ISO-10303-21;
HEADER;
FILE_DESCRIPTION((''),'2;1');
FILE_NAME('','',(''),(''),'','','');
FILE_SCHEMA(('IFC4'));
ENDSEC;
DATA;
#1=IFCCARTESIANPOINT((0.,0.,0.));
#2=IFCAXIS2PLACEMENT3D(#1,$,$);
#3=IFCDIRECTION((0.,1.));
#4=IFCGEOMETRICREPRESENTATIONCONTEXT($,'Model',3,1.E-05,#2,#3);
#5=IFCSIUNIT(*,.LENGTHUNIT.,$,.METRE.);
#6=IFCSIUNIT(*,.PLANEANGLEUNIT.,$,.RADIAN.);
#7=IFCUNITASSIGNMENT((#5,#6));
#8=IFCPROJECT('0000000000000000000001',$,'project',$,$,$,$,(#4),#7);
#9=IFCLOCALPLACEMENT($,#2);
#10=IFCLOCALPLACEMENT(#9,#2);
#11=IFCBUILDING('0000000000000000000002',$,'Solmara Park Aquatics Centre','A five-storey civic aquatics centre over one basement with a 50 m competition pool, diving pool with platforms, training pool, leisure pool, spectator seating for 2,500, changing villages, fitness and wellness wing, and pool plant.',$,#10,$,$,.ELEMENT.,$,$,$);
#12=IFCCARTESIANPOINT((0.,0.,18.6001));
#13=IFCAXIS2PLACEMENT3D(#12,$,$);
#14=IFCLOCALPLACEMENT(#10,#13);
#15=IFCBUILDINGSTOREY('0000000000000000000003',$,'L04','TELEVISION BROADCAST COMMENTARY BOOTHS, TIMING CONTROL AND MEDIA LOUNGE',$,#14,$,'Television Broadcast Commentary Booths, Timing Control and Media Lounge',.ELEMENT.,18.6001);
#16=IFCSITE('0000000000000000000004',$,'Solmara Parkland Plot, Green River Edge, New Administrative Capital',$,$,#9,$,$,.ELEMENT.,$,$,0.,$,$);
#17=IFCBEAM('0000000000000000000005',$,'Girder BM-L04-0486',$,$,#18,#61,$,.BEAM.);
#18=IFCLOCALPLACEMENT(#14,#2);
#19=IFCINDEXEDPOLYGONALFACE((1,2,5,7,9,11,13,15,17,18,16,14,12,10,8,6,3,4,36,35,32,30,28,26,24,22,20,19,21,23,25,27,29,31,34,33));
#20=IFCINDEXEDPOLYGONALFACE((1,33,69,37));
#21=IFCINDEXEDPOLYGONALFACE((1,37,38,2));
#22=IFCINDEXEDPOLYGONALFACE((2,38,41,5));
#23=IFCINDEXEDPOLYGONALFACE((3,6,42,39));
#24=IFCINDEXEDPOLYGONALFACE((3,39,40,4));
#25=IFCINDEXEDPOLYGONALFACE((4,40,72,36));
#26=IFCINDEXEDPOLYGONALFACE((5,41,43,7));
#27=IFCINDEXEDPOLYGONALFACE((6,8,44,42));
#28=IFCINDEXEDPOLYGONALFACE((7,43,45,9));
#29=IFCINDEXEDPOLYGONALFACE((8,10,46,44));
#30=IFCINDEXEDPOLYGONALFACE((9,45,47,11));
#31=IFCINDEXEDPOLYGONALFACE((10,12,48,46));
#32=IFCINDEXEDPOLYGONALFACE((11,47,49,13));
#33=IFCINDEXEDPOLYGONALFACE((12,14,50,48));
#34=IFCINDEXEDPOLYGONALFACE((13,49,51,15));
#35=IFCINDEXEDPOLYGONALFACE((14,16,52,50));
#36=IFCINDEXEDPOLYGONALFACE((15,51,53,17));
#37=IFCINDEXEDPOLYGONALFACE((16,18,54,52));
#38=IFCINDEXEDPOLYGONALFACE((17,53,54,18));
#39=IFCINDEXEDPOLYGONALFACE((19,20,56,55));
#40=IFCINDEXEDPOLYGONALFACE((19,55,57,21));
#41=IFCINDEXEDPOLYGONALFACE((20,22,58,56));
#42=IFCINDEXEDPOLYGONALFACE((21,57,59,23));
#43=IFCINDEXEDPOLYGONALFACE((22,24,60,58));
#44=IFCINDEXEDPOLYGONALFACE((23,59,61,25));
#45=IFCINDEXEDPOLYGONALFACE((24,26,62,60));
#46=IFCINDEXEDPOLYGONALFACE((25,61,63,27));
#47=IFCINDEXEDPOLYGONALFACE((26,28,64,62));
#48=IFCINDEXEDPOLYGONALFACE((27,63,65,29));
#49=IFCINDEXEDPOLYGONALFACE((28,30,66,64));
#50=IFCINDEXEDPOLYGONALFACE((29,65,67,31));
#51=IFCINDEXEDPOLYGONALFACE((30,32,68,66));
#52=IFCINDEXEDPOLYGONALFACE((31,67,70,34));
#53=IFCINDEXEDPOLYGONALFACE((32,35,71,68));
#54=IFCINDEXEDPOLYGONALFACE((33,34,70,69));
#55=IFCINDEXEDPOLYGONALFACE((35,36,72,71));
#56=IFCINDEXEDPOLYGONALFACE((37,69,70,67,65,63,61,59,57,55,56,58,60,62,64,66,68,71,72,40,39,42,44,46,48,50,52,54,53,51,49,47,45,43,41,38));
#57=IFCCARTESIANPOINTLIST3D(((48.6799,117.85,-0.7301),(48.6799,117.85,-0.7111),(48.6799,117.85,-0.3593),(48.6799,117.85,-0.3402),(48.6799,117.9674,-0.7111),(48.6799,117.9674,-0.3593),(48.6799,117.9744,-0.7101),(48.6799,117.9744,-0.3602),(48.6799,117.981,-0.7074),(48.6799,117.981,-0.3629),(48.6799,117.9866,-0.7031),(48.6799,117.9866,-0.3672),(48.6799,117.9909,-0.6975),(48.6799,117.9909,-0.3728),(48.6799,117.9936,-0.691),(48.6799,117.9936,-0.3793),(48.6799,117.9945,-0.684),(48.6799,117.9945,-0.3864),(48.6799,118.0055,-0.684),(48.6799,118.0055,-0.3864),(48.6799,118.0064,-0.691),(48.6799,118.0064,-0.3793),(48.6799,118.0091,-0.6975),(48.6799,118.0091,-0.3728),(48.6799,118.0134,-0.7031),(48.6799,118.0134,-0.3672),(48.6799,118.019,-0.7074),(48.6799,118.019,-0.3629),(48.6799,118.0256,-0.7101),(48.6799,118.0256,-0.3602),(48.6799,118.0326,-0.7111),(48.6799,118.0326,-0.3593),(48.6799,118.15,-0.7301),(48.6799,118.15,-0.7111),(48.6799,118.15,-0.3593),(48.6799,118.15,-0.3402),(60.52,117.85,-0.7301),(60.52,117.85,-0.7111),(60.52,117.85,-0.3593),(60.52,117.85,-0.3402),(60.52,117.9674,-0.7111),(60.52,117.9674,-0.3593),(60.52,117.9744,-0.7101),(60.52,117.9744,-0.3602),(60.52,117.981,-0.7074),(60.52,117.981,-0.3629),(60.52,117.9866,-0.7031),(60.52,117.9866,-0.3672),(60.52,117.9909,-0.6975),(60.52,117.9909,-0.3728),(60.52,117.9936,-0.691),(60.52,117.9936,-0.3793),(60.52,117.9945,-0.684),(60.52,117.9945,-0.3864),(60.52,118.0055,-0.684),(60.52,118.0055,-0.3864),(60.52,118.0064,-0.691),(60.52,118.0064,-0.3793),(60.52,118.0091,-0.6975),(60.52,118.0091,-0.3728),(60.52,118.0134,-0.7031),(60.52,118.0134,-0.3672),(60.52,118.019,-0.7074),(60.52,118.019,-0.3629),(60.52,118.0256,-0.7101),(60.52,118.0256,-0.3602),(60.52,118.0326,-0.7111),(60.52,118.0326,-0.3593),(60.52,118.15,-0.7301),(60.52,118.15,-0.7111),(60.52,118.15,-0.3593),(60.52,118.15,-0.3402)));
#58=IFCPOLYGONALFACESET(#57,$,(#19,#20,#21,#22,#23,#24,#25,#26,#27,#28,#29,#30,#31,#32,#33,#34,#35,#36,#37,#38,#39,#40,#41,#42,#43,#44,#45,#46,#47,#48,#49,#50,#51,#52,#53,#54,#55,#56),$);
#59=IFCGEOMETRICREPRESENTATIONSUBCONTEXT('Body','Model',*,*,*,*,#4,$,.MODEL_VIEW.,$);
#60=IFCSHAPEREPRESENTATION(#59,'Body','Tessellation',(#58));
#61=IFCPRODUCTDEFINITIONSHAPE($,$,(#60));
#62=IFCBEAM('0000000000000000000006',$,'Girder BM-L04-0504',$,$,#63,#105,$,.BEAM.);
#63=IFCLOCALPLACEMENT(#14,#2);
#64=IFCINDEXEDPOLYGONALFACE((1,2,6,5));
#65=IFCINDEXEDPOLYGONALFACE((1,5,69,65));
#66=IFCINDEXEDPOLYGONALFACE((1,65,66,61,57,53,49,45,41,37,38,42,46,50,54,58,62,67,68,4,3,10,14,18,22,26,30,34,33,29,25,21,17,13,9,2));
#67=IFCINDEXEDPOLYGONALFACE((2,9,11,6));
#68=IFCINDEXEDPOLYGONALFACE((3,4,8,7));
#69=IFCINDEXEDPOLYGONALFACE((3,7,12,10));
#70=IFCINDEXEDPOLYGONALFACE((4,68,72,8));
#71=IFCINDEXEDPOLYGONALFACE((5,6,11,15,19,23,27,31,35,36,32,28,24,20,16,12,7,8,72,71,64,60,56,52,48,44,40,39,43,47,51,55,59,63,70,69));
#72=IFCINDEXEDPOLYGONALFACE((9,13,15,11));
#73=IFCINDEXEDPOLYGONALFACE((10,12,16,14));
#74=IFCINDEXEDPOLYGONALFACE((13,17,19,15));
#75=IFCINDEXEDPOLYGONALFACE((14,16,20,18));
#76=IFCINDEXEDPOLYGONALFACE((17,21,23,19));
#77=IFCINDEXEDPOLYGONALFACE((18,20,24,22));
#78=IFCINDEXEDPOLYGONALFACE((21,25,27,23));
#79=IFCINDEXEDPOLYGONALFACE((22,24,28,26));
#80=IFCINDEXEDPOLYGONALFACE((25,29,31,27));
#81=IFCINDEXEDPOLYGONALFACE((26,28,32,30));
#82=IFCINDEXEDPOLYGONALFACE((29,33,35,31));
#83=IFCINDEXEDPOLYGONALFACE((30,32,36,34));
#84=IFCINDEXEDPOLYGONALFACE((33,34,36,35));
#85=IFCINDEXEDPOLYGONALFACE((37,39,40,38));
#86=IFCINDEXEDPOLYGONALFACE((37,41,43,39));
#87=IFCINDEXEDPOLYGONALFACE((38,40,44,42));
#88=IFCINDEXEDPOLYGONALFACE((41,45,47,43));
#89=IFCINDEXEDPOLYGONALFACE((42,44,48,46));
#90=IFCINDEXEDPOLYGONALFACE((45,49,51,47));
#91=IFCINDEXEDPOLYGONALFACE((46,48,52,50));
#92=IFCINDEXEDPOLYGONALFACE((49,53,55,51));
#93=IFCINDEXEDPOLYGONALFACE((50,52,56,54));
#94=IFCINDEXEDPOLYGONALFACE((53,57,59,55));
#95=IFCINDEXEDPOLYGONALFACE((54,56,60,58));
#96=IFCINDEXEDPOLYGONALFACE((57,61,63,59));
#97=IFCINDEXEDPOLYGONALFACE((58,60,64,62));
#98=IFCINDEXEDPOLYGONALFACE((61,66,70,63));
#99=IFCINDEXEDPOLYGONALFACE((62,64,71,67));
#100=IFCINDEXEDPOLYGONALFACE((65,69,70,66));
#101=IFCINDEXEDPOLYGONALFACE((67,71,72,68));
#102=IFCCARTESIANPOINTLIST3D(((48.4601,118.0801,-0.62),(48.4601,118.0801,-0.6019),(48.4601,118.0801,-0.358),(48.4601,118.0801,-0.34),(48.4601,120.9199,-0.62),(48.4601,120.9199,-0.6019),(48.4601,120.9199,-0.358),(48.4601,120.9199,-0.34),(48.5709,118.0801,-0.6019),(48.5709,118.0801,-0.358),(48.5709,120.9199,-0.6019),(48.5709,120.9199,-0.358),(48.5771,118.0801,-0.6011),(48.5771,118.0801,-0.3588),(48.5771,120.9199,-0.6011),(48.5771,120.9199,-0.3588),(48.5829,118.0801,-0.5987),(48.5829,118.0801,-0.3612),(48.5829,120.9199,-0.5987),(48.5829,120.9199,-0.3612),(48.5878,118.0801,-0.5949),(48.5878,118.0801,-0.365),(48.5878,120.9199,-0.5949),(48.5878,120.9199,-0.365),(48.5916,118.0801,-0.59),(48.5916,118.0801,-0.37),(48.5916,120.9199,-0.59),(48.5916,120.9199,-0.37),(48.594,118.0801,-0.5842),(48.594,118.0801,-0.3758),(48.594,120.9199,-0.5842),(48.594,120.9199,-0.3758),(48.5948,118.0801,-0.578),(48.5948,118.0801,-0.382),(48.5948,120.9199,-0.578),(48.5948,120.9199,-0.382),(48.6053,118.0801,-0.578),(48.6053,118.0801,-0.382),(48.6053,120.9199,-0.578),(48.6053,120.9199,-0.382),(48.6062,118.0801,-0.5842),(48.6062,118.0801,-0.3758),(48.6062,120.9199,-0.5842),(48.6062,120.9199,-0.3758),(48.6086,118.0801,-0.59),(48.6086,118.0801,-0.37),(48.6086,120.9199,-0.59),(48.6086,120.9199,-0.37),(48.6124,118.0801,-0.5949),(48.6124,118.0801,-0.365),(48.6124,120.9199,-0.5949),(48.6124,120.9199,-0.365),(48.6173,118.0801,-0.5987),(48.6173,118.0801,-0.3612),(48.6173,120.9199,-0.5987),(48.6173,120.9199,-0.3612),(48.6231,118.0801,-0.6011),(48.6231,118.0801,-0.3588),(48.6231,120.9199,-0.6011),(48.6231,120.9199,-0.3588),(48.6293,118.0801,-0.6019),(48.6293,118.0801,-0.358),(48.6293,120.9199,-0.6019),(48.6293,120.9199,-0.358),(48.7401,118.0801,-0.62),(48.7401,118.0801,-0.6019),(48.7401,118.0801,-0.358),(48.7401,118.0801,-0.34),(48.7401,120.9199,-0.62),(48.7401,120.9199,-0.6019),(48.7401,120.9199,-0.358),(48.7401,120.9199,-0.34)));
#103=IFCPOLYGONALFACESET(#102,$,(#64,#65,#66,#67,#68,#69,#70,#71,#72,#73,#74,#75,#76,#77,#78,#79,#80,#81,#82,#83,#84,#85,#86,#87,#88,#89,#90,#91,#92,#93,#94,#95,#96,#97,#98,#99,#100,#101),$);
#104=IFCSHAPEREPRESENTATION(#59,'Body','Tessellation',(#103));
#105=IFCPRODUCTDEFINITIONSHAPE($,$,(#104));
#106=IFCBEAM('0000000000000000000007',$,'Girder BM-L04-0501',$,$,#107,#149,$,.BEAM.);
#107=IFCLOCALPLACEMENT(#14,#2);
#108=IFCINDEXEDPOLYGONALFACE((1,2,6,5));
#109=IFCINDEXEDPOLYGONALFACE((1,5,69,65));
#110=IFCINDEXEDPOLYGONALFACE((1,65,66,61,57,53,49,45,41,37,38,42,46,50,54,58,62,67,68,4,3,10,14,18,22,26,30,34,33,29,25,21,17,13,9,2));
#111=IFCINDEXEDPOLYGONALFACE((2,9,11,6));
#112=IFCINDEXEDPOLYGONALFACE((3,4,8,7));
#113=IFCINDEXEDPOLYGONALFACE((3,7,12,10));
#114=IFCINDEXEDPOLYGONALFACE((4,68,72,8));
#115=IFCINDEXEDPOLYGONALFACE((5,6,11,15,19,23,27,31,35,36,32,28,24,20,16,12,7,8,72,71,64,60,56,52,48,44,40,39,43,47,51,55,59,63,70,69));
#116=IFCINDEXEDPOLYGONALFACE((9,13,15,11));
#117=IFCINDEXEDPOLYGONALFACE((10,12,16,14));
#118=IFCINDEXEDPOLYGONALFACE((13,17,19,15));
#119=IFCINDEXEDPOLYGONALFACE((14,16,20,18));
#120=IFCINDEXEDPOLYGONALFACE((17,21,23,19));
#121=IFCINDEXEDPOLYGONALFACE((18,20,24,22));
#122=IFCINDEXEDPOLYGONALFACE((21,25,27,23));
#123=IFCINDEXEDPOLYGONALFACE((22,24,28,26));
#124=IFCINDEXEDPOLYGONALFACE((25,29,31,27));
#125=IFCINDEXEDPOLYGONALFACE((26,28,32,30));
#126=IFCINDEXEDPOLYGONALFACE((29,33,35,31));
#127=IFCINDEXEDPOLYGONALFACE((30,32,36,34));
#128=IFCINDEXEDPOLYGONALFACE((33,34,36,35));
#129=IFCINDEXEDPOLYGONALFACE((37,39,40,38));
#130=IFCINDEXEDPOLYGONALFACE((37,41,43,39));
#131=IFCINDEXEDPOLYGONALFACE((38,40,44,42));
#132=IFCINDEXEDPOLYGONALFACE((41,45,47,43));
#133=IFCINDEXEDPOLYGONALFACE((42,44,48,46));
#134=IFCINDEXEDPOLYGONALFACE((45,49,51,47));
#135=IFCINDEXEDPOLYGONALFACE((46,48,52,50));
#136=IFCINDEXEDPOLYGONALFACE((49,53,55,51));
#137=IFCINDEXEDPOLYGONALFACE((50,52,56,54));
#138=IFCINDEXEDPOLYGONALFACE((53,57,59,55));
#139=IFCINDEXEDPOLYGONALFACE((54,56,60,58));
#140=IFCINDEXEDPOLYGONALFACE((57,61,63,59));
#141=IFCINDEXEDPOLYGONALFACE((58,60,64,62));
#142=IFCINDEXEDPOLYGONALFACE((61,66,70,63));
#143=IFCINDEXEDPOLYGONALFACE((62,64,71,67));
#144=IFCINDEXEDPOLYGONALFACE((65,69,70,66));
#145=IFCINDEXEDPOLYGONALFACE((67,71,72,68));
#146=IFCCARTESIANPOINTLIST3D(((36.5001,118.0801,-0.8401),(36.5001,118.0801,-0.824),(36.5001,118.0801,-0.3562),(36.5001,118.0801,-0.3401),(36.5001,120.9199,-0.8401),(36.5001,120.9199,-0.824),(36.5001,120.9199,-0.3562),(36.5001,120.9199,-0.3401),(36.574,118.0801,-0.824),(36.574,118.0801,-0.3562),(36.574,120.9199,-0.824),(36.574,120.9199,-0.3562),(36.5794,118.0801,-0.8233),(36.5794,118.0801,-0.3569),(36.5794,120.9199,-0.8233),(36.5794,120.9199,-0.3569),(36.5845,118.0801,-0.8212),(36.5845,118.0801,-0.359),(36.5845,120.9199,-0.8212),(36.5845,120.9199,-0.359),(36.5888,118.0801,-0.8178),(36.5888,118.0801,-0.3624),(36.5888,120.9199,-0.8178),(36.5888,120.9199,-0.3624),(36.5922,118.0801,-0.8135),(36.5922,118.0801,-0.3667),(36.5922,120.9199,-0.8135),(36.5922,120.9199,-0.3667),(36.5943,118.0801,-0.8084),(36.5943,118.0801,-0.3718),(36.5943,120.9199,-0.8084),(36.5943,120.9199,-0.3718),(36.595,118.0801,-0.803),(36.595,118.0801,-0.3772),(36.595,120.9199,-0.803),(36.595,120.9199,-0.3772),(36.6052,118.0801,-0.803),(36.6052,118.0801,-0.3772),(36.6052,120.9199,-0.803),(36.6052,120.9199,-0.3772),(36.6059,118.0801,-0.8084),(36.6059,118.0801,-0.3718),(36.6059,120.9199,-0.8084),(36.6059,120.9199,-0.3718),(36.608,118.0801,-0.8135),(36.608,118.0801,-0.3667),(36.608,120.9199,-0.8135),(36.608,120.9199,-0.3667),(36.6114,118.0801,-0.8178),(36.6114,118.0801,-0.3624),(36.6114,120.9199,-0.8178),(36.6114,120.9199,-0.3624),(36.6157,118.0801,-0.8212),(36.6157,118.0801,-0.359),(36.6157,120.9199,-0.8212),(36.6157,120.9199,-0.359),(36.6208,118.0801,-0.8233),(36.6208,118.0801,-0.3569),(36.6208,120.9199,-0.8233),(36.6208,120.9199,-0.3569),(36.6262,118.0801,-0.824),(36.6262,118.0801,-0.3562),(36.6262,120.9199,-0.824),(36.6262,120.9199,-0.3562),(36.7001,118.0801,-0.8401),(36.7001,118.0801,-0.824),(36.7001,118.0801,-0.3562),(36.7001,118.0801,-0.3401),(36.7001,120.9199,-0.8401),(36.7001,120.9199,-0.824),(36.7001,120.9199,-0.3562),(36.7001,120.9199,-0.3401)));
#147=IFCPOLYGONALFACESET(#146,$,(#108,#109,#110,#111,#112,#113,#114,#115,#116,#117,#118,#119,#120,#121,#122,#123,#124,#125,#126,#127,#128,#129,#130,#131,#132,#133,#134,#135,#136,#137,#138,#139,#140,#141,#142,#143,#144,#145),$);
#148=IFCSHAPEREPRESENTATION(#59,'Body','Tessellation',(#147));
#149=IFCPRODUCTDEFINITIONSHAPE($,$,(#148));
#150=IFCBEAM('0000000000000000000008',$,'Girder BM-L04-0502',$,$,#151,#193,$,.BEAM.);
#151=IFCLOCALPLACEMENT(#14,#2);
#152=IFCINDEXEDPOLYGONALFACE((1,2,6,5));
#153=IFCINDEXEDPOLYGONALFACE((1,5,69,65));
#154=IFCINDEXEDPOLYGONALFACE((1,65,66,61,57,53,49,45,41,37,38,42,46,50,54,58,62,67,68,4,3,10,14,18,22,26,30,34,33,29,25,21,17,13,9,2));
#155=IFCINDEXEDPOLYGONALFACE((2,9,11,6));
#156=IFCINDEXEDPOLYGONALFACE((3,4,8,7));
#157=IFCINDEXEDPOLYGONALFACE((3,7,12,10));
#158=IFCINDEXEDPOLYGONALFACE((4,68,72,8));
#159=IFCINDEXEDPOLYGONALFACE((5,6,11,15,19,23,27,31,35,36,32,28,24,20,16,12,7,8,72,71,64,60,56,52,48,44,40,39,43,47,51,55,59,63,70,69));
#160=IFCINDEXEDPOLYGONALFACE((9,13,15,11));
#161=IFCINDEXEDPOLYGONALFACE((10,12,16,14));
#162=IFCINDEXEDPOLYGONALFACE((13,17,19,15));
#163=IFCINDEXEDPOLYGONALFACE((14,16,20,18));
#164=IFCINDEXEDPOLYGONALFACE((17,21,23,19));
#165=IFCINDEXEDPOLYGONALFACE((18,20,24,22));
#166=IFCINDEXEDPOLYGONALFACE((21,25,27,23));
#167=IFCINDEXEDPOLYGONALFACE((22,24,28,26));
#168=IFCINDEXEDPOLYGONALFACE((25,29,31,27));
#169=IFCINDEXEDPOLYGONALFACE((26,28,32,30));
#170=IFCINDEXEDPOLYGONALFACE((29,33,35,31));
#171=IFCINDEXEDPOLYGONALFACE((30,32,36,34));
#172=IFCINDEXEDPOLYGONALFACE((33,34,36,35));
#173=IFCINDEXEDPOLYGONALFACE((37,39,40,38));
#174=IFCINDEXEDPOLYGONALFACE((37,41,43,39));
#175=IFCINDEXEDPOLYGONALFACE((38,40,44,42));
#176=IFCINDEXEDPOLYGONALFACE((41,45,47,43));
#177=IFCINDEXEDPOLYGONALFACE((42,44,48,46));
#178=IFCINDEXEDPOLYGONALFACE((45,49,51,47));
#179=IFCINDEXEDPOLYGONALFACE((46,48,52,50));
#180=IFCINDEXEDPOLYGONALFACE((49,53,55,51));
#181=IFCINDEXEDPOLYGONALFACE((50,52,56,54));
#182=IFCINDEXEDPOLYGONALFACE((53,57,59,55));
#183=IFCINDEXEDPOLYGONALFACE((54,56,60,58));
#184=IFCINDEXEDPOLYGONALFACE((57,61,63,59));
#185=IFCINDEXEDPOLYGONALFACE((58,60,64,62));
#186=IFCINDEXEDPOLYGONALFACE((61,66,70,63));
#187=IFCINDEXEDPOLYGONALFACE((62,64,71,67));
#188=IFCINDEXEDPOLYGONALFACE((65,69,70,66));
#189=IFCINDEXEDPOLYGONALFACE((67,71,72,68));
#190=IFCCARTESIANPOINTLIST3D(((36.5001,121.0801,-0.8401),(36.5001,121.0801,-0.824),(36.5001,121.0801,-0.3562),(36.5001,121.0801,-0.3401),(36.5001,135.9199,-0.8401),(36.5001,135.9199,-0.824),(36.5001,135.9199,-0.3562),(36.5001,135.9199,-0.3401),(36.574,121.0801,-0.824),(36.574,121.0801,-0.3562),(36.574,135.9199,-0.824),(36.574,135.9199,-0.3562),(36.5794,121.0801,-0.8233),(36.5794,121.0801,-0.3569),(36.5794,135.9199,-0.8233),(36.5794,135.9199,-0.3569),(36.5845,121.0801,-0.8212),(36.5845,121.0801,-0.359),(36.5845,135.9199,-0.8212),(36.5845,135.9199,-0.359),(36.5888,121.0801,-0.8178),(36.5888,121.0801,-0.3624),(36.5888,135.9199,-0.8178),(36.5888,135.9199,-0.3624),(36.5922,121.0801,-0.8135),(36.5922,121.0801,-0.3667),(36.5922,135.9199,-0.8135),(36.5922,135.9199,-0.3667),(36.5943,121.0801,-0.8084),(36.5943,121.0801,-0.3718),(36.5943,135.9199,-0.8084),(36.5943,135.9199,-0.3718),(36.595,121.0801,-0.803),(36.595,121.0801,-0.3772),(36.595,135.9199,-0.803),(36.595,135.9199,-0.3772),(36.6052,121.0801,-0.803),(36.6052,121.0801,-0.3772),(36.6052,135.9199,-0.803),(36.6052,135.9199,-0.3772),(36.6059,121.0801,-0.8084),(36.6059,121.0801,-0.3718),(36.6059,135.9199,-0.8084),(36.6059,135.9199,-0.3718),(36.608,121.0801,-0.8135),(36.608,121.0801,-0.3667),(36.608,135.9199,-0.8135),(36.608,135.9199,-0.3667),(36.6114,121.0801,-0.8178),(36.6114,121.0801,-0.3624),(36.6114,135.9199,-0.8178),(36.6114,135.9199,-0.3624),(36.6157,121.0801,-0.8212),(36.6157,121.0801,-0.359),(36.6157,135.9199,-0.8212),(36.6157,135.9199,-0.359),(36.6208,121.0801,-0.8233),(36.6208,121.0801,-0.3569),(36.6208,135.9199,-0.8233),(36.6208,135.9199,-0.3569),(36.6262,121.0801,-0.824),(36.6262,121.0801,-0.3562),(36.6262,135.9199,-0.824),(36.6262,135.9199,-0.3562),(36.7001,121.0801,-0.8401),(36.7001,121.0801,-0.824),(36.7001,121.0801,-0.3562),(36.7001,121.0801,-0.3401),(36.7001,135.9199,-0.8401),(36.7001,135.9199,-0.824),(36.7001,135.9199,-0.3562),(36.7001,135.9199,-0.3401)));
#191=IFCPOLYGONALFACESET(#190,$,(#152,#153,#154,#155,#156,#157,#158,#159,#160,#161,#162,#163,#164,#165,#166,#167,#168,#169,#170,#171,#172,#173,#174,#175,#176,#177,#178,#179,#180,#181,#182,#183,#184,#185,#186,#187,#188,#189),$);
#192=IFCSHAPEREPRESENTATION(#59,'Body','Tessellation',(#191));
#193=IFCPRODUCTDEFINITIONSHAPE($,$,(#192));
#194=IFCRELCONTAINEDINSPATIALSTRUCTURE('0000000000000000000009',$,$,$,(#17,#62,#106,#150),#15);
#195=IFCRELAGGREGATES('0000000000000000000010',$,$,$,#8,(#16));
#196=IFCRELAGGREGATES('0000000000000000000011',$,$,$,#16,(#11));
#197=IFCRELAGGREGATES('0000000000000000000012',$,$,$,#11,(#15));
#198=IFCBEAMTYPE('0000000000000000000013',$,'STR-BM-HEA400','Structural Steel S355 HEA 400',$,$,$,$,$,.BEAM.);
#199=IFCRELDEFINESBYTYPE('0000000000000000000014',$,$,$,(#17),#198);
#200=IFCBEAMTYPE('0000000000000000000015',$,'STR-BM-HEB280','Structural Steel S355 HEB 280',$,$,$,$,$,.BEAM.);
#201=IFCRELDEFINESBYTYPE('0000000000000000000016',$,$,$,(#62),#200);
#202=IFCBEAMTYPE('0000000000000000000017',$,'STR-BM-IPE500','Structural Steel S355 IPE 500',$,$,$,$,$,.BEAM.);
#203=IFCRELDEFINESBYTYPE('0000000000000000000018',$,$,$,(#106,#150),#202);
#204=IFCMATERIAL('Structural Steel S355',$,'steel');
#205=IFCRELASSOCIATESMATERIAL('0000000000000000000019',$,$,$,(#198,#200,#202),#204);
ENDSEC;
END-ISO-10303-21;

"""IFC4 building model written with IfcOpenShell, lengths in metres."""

from ifc_helpers import new_model, si_unit, direction, frame, origin, origin_2d, place, context, subcontext, project, spatial, i_section, extrude, material, material_profile, profile_set, type_object, element, save


model = new_model("IFC4")

# Units and contexts
model_context = context("Model", 3, precision=1e-05, world=origin(), true_north=direction((0.0, 1.0)))
body_context = subcontext(model_context, "Body", "Model", "MODEL_VIEW")
ifc_project = project(units=[si_unit("LENGTHUNIT", "METRE"), si_unit("PLANEANGLEUNIT", "RADIAN")], contexts=[model_context])

# Site, building, storey
site_placement = place(None, origin())
site = spatial("IfcSite", under=ifc_project, at=site_placement, Name="Solmara Parkland Plot, Green River Edge, New Administrative Capital", CompositionType="ELEMENT", RefElevation=0.0)
building_placement = place(site_placement, origin())
building = spatial("IfcBuilding", under=site, at=building_placement, Name="Solmara Park Aquatics Centre", Description="A five-storey civic aquatics centre over one basement with a 50 m competition pool, diving pool with platforms, training pool, leisure pool, spectator seating for 2,500, changing villages, fitness and wellness wing, and pool plant.", CompositionType="ELEMENT")
storey_placement = place(building_placement, frame((0.0, 0.0, 18.6001)))
storey = spatial("IfcBuildingStorey", under=building, at=storey_placement, Name="L04", Description="TELEVISION BROADCAST COMMENTARY BOOTHS, TIMING CONTROL AND MEDIA LOUNGE", LongName="Television Broadcast Commentary Booths, Timing Control and Media Lounge", CompositionType="ELEMENT", Elevation=18.6001)

# Beams
ifc_material_1 = material(Name="Structural Steel S355", Category="steel")
ifc_material_profile_1 = material_profile(ifc_material_1, i_section(OverallWidth=0.3, OverallDepth=0.3899, WebThickness=0.011, FlangeThickness=0.019, FilletRadius=0.0271, at=origin_2d()), Name="HEA 400")
ifc_profile_set_1 = profile_set([ifc_material_profile_1], Name="Structural Steel S355")
beam_type_1 = type_object("IfcBeamType", Name="STR-BM-HEA400", Description="Structural Steel S355 HEA 400", PredefinedType="BEAM", material=ifc_profile_set_1)
beam_1_placement = place(storey_placement, frame((48.6799, 118.0, -0.5352), z_axis=(1.0, 0.0, 0.0), x_axis=(0.0, 1.0, 0.0)))
element("IfcBeam", 1, at=beam_1_placement, inside=storey, type_object=beam_type_1, Name="Girder BM-L04-0486", PredefinedType="BEAM", context=body_context, shape_type="SweptSolid", body=[
    extrude(i_section(OverallWidth=0.3, OverallDepth=0.3899, WebThickness=0.011, FlangeThickness=0.019, FilletRadius=0.0271, at=origin_2d()), origin(), (0.0, 0.0, 1.0), 11.8401),
])
ifc_material_profile_2 = material_profile(ifc_material_1, i_section(OverallWidth=0.28, OverallDepth=0.28, WebThickness=0.0105, FlangeThickness=0.0181, FilletRadius=0.0239, at=origin_2d()), Name="HEB 280")
ifc_profile_set_2 = profile_set([ifc_material_profile_2], Name="Structural Steel S355")
beam_type_2 = type_object("IfcBeamType", Name="STR-BM-HEB280", Description="Structural Steel S355 HEB 280", PredefinedType="BEAM", material=ifc_profile_set_2)
beam_2_placement = place(storey_placement, frame((48.6001, 118.0801, -0.48), z_axis=(0.0, 1.0, 0.0), x_axis=(-1.0, 0.0, 0.0)))
element("IfcBeam", 2, at=beam_2_placement, inside=storey, type_object=beam_type_2, Name="Girder BM-L04-0504", PredefinedType="BEAM", context=body_context, shape_type="SweptSolid", body=[
    extrude(i_section(OverallWidth=0.28, OverallDepth=0.28, WebThickness=0.0105, FlangeThickness=0.0181, FilletRadius=0.0239, at=origin_2d()), origin(), (0.0, 0.0, 1.0), 2.8398),
])
ifc_material_profile_3 = material_profile(ifc_material_1, i_section(OverallWidth=0.2, OverallDepth=0.5, WebThickness=0.0103, FlangeThickness=0.0161, FilletRadius=0.021, at=origin_2d()), Name="IPE 500")
ifc_profile_set_3 = profile_set([ifc_material_profile_3], Name="Structural Steel S355")
beam_type_3 = type_object("IfcBeamType", Name="STR-BM-IPE500", Description="Structural Steel S355 IPE 500", PredefinedType="BEAM", material=ifc_profile_set_3)
beam_3_placement = place(storey_placement, frame((36.6001, 118.0801, -0.5901), z_axis=(0.0, 1.0, 0.0), x_axis=(-1.0, 0.0, 0.0)))
element("IfcBeam", 3, at=beam_3_placement, inside=storey, type_object=beam_type_3, Name="Girder BM-L04-0501", PredefinedType="BEAM", context=body_context, shape_type="SweptSolid", body=[
    extrude(i_section(OverallWidth=0.2, OverallDepth=0.5, WebThickness=0.0103, FlangeThickness=0.0161, FilletRadius=0.021, at=origin_2d()), origin(), (0.0, 0.0, 1.0), 2.8398),
])
for number, where, z_axis, x_axis, name in (
    (4, (36.6001, 121.0801, -0.5901), (0.0, 1.0, 0.0), (-1.0, 0.0, 0.0), "Girder BM-L04-0502"),
):
    element("IfcBeam", number, at=place(storey_placement, frame(where, z_axis=z_axis, x_axis=x_axis)), inside=storey, type_object=beam_type_3, Name=name, PredefinedType="BEAM", context=body_context, shape_type="SweptSolid", body=[
        extrude(i_section(OverallWidth=0.2, OverallDepth=0.5, WebThickness=0.0103, FlangeThickness=0.0161, FilletRadius=0.021, at=origin_2d()), origin(), (0.0, 0.0, 1.0), 14.8398),
    ])

save(model, "model.ifc")
